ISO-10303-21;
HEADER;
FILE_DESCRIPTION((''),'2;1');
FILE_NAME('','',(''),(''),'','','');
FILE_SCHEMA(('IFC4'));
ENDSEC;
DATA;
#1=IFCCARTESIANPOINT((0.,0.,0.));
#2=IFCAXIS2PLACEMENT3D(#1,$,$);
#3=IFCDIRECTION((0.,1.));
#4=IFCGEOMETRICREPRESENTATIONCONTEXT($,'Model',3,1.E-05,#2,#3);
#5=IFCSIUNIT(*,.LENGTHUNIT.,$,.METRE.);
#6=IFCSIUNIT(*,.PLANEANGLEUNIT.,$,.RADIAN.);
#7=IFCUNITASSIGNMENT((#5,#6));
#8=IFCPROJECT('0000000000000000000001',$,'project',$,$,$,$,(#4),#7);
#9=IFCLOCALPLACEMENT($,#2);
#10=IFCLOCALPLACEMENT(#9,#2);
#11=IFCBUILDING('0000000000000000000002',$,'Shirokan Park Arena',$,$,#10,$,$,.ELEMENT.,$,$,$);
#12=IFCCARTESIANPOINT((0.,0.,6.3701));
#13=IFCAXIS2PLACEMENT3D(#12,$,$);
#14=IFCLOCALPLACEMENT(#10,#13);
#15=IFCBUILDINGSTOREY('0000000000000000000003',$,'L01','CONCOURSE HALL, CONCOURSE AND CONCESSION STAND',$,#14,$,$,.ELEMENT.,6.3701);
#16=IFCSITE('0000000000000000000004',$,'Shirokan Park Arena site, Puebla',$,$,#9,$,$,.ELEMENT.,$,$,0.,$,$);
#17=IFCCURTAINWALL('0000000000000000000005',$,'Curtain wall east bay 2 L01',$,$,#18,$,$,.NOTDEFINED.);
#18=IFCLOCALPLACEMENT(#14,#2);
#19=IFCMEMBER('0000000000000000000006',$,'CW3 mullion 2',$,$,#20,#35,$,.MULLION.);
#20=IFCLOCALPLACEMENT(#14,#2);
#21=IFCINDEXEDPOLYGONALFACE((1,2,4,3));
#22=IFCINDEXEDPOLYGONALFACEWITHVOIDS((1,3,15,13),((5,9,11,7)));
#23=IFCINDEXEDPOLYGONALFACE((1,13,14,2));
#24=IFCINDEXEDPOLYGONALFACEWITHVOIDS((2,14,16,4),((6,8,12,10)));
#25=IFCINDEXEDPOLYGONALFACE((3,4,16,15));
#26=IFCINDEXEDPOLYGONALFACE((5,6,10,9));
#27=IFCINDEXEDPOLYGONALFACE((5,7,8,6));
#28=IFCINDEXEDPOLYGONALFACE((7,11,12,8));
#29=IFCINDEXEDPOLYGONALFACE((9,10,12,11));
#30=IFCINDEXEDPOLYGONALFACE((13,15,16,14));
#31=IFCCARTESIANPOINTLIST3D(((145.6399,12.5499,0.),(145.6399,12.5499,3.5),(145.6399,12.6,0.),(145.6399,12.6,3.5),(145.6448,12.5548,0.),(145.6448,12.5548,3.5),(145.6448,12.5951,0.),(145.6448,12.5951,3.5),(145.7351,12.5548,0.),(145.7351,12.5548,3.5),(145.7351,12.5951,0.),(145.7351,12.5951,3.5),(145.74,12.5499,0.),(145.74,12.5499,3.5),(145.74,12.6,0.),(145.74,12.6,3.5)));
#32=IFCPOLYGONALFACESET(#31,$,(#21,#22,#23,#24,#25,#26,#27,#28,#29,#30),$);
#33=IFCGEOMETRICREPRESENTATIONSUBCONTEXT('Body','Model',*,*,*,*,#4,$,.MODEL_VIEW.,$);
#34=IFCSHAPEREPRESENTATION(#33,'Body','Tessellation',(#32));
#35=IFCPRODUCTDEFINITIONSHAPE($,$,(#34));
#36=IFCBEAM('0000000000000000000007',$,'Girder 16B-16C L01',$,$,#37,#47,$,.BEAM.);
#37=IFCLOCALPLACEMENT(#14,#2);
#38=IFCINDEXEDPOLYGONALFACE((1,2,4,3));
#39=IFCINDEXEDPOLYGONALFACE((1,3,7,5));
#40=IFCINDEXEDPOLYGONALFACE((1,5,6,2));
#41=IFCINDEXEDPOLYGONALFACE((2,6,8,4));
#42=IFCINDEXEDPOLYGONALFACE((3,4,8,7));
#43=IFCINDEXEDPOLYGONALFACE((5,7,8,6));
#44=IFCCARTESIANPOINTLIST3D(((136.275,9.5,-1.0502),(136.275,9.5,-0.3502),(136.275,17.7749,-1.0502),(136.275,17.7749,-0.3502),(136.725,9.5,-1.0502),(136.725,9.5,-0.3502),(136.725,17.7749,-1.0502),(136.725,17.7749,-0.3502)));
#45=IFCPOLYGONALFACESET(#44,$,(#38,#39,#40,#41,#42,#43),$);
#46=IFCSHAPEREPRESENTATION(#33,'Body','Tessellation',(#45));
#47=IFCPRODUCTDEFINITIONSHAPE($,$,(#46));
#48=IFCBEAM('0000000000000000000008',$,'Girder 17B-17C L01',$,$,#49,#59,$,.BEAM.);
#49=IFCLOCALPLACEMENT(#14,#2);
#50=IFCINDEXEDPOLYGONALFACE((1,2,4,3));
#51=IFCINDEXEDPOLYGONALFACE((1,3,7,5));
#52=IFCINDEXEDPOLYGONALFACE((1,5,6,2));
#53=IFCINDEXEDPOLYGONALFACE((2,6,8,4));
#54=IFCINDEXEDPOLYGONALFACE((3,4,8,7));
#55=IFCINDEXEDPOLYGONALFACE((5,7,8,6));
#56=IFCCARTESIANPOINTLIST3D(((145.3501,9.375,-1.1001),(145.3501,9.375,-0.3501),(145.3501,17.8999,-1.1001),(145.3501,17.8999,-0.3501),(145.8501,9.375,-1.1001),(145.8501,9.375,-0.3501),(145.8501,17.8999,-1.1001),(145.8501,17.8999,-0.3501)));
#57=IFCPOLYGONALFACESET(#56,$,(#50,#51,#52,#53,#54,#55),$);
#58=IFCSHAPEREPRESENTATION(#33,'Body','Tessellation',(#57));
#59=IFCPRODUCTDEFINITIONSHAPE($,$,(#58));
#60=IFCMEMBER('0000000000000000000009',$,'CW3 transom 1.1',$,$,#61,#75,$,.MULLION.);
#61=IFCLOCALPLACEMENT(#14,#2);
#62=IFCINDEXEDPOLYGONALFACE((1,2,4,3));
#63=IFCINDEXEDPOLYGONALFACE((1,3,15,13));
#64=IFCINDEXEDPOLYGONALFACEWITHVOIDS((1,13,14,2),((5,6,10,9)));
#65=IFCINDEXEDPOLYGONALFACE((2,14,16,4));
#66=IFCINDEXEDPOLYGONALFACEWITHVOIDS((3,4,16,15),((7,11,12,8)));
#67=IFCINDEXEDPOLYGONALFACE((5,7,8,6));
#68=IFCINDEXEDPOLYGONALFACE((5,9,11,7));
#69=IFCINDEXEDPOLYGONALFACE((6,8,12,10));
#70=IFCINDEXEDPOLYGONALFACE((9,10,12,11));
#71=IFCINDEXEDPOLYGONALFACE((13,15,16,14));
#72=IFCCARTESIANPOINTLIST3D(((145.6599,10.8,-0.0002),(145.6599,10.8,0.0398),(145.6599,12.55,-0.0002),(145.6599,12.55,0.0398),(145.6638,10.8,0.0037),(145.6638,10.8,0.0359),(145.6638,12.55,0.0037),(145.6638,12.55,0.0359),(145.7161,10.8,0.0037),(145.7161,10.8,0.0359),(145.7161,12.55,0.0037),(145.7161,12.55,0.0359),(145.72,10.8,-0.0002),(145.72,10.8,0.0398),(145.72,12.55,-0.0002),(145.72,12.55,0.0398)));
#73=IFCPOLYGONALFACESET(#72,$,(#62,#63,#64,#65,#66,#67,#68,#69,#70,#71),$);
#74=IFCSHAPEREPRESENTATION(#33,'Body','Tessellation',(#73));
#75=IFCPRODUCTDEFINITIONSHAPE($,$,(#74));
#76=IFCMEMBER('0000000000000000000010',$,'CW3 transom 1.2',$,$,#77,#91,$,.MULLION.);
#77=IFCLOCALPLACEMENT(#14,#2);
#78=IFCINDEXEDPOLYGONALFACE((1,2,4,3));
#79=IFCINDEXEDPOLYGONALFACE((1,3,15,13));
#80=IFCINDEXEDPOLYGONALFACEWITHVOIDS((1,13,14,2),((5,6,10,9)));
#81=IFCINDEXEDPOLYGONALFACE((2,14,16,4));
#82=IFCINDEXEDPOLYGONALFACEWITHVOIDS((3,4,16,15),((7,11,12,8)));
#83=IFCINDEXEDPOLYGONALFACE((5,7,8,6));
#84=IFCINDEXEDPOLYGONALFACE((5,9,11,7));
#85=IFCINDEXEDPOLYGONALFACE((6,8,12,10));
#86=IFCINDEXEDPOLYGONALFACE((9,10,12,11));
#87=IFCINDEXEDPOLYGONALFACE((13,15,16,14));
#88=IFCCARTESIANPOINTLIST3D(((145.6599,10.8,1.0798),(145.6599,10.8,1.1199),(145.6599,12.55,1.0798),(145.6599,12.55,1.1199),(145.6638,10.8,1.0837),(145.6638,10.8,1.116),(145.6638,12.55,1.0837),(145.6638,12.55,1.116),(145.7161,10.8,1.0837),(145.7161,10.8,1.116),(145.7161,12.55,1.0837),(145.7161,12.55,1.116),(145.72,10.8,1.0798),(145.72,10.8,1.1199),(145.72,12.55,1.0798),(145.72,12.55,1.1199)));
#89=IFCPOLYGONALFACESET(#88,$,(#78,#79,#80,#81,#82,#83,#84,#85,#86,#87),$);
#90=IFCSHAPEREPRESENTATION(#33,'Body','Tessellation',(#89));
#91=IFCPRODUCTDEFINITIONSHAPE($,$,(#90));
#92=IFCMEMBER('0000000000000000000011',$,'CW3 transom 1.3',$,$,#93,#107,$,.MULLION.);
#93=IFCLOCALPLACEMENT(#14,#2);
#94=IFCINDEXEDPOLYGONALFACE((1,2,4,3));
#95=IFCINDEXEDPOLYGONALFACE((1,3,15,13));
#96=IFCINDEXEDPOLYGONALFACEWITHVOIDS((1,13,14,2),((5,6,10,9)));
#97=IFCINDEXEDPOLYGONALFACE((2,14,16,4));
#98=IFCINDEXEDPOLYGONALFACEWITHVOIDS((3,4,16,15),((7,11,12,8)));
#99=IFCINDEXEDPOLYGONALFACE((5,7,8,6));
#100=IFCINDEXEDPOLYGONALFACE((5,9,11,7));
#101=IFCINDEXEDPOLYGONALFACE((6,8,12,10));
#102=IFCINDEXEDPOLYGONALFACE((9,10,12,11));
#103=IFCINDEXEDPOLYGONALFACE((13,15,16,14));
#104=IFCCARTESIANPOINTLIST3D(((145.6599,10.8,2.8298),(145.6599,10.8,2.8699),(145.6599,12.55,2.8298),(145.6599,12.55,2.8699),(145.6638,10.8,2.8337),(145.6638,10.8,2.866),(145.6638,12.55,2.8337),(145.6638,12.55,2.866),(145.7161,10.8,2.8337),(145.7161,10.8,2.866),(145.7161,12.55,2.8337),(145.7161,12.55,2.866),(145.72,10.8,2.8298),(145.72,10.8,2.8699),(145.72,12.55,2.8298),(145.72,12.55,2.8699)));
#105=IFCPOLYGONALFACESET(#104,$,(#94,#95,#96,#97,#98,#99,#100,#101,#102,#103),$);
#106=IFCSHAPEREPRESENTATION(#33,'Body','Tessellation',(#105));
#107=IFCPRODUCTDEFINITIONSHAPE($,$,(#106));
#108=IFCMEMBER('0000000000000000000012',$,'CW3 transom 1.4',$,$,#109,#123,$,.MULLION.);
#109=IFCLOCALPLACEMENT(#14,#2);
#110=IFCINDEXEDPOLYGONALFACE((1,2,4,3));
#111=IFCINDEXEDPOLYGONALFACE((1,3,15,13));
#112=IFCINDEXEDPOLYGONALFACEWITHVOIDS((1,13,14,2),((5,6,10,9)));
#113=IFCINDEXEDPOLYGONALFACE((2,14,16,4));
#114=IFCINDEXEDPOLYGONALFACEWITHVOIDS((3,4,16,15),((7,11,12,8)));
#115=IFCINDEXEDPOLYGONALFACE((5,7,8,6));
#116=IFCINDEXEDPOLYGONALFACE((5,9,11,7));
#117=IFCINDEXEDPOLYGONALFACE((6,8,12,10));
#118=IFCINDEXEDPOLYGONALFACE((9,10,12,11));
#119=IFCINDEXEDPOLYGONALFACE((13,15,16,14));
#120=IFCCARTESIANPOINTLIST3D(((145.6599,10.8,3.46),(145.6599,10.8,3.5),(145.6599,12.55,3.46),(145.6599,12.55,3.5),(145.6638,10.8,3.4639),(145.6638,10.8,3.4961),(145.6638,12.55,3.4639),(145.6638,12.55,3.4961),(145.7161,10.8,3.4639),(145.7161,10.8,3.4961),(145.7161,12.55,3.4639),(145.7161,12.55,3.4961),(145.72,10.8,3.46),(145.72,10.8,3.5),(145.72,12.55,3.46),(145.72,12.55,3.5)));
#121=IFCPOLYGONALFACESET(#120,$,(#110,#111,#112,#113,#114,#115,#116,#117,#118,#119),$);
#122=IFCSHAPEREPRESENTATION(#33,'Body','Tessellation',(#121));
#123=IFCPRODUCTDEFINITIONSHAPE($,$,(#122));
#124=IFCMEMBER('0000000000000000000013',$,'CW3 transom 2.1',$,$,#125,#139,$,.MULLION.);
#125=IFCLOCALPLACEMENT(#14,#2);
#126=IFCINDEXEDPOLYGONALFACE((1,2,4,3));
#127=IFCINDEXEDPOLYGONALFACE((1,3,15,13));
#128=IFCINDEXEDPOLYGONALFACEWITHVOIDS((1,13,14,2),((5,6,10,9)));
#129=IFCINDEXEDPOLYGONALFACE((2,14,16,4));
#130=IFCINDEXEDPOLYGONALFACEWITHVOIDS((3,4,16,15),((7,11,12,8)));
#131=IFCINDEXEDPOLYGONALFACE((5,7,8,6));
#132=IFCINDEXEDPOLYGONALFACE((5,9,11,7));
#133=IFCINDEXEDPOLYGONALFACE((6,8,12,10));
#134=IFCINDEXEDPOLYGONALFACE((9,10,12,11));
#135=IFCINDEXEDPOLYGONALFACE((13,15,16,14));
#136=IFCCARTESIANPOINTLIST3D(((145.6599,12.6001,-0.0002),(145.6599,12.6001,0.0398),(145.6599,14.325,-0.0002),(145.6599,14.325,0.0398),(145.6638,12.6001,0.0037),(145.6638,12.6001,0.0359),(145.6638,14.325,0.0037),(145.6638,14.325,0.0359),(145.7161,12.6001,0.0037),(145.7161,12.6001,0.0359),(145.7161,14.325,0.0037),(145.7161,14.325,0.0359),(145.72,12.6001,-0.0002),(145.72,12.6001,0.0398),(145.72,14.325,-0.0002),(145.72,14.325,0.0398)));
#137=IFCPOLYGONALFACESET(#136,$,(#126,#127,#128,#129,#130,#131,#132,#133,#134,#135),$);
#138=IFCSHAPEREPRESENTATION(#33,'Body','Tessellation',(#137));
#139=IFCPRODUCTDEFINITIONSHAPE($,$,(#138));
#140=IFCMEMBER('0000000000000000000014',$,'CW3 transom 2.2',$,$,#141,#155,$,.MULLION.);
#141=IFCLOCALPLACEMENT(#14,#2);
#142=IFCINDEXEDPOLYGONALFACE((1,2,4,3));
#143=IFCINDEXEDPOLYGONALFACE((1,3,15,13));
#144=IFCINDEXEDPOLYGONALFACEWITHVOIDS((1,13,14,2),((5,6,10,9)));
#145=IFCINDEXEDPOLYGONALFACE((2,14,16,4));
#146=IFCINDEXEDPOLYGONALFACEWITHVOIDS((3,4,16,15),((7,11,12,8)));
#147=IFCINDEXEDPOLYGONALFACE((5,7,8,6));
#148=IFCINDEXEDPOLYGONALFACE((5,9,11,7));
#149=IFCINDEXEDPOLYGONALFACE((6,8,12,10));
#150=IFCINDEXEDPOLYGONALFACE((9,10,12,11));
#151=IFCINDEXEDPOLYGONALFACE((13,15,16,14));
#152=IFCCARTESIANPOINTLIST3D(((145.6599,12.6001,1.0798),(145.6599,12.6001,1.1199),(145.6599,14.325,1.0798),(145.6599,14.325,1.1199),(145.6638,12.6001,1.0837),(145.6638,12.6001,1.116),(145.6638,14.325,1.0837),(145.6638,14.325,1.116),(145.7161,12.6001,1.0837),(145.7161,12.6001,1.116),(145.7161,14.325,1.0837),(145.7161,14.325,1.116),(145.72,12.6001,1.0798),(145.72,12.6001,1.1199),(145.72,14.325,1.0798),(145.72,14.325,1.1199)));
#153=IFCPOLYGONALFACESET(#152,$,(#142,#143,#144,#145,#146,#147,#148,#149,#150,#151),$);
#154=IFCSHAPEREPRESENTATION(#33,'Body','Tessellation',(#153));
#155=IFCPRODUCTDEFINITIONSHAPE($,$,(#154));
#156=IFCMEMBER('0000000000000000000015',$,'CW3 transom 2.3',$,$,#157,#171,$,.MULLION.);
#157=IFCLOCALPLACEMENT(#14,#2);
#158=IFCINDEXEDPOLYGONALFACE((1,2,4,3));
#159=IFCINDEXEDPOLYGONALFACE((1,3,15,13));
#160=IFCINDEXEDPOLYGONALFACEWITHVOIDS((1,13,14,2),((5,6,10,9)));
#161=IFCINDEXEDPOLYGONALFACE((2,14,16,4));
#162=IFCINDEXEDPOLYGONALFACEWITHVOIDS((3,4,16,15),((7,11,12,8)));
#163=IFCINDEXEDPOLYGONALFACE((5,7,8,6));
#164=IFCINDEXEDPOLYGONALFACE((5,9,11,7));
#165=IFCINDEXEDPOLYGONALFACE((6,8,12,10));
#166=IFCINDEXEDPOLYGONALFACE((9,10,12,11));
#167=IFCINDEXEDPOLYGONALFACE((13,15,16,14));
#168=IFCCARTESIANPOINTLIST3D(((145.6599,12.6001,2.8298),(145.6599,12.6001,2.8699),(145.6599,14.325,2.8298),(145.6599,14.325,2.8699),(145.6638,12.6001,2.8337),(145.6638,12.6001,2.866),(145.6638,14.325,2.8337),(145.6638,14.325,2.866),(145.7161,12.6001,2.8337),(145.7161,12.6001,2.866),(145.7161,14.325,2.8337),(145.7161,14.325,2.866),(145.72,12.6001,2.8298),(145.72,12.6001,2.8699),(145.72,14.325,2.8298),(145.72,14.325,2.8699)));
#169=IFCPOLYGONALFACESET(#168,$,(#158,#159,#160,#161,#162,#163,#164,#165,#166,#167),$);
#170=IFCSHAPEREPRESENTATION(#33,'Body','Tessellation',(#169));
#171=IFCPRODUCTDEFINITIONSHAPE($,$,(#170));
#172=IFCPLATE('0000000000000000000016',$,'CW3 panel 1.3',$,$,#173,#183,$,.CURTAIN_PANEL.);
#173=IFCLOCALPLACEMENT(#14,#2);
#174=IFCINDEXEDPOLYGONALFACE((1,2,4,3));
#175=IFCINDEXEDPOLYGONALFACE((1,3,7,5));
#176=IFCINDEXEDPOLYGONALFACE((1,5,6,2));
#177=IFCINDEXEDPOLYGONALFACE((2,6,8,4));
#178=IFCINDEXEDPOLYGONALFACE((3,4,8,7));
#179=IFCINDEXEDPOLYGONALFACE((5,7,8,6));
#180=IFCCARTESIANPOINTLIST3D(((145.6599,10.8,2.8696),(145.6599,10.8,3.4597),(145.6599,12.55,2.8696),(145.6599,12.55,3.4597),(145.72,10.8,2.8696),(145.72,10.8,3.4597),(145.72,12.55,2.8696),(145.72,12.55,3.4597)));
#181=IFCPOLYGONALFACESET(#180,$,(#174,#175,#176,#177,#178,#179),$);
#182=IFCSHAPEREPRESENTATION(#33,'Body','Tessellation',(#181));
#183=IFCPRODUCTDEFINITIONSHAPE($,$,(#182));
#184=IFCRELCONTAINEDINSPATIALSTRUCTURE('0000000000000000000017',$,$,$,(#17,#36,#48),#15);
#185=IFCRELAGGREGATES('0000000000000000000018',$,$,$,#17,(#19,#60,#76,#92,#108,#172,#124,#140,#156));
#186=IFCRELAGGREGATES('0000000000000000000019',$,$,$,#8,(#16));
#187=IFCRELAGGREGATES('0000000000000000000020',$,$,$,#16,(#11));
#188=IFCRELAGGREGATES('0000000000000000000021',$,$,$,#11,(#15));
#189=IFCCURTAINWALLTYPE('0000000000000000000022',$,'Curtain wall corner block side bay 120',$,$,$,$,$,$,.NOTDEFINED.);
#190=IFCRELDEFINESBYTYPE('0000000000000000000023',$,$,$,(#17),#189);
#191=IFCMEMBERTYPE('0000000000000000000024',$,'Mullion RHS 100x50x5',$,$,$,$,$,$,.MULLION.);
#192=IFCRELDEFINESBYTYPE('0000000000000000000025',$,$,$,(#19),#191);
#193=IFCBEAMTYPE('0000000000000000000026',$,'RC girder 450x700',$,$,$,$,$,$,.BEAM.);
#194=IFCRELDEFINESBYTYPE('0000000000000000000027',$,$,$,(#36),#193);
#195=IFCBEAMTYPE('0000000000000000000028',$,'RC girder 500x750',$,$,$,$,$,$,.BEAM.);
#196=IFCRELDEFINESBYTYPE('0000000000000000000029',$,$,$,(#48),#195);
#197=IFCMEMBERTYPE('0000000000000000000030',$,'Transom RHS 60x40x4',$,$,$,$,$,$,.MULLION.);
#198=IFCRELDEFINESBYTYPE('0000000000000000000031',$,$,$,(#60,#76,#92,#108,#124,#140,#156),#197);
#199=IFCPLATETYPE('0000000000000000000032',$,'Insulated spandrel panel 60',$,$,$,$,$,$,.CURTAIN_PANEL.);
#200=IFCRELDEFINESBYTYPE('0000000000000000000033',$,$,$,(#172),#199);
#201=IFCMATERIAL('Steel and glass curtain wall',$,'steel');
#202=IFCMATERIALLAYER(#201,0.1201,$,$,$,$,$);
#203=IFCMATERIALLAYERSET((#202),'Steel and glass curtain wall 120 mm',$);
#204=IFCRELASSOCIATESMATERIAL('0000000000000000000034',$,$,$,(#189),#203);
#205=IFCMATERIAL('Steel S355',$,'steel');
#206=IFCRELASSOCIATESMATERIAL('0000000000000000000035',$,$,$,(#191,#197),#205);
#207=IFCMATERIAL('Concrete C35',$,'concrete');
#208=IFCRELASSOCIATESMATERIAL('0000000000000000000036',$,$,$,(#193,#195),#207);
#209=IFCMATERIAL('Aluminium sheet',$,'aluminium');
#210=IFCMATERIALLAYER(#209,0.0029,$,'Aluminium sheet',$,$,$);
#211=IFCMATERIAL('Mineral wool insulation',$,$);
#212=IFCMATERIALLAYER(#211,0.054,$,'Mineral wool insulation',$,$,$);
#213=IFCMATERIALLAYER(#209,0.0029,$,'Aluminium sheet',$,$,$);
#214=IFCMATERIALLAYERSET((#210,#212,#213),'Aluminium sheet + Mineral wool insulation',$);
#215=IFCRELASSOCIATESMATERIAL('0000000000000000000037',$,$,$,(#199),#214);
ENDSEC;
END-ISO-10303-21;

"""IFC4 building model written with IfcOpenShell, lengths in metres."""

from ifc_helpers import new_model, si_unit, direction, frame, origin, origin_2d, place, context, subcontext, project, spatial, rectangle, hollow_rectangle, extrude, material, layer, layer_set, material_profile, profile_set, type_object, element, aggregate, save


model = new_model("IFC4")

# Units and contexts
model_context = context("Model", 3, precision=1e-05, world=origin(), true_north=direction((0.0, 1.0)))
body_context = subcontext(model_context, "Body", "Model", "MODEL_VIEW")
ifc_project = project(units=[si_unit("LENGTHUNIT", "METRE"), si_unit("PLANEANGLEUNIT", "RADIAN")], contexts=[model_context])

# Site, building, storey
site_placement = place(None, origin())
site = spatial("IfcSite", under=ifc_project, at=site_placement, Name="Shirokan Park Arena site, Puebla", CompositionType="ELEMENT", RefElevation=0.0)
building_placement = place(site_placement, origin())
building = spatial("IfcBuilding", under=site, at=building_placement, Name="Shirokan Park Arena", CompositionType="ELEMENT")
storey_placement = place(building_placement, frame((0.0, 0.0, 6.3701)))
storey = spatial("IfcBuildingStorey", under=building, at=storey_placement, Name="L01", Description="CONCOURSE HALL, CONCOURSE AND CONCESSION STAND", CompositionType="ELEMENT", Elevation=6.3701)

# Curtain wall, member
ifc_material_1 = material(Name="Steel and glass curtain wall", Category="steel")
ifc_layer_1 = layer(ifc_material_1, 0.1201)
ifc_layer_set_1 = layer_set([ifc_layer_1], Name="Steel and glass curtain wall 120 mm")
curtain_wall_type = type_object("IfcCurtainWallType", Name="Curtain wall corner block side bay 120", PredefinedType="NOTDEFINED", material=ifc_layer_set_1)
curtain_wall_placement = place(storey_placement, origin())
curtain_wall = element("IfcCurtainWall", 1, at=curtain_wall_placement, inside=storey, type_object=curtain_wall_type, Name="Curtain wall east bay 2 L01", PredefinedType="NOTDEFINED")
ifc_material_2 = material(Name="Steel S355", Category="steel")
ifc_material_profile_1 = material_profile(ifc_material_2, hollow_rectangle(XDim=0.1001, YDim=0.05, WallThickness=0.0049, at=origin_2d()), Name="RHS 100x50x5")
ifc_profile_set_1 = profile_set([ifc_material_profile_1], Name="Steel S355")
member_type_1 = type_object("IfcMemberType", Name="Mullion RHS 100x50x5", PredefinedType="MULLION", material=ifc_profile_set_1)
member_1_placement = place(storey_placement, frame((145.6899, 12.575, 0.0), z_axis=(0.0, 0.0, 1.0), x_axis=(-1.0, 0.0, 0.0)))
member_1 = element("IfcMember", 2, at=member_1_placement, type_object=member_type_1, Name="CW3 mullion 2", PredefinedType="MULLION", context=body_context, shape_type="SweptSolid", body=[
    extrude(hollow_rectangle(XDim=0.1001, YDim=0.05, WallThickness=0.0049, at=origin_2d()), origin(), (0.0, 0.0, 1.0), 3.5),
])

# Beams
ifc_material_3 = material(Name="Concrete C35", Category="concrete")
ifc_material_profile_2 = material_profile(ifc_material_3, rectangle(XDim=0.45, YDim=0.7, at=origin_2d()), Name="450x700")
ifc_profile_set_2 = profile_set([ifc_material_profile_2], Name="Concrete C35")
beam_type_1 = type_object("IfcBeamType", Name="RC girder 450x700", PredefinedType="BEAM", material=ifc_profile_set_2)
beam_1_placement = place(storey_placement, frame((136.5, 9.5, -0.7002), z_axis=(0.0, 1.0, 0.0), x_axis=(-1.0, 0.0, 0.0)))
element("IfcBeam", 3, at=beam_1_placement, inside=storey, type_object=beam_type_1, Name="Girder 16B-16C L01", PredefinedType="BEAM", context=body_context, shape_type="SweptSolid", body=[
    extrude(rectangle(XDim=0.45, YDim=0.7, at=origin_2d()), origin(), (0.0, 0.0, 1.0), 8.2749),
])
ifc_material_profile_3 = material_profile(ifc_material_3, rectangle(XDim=0.5, YDim=0.75, at=origin_2d()), Name="500x750")
ifc_profile_set_3 = profile_set([ifc_material_profile_3], Name="Concrete C35")
beam_type_2 = type_object("IfcBeamType", Name="RC girder 500x750", PredefinedType="BEAM", material=ifc_profile_set_3)
beam_2_placement = place(storey_placement, frame((145.6001, 9.375, -0.7251), z_axis=(0.0, 1.0, 0.0), x_axis=(-1.0, 0.0, 0.0)))
element("IfcBeam", 4, at=beam_2_placement, inside=storey, type_object=beam_type_2, Name="Girder 17B-17C L01", PredefinedType="BEAM", context=body_context, shape_type="SweptSolid", body=[
    extrude(rectangle(XDim=0.5, YDim=0.75, at=origin_2d()), origin(), (0.0, 0.0, 1.0), 8.5249),
])

# Members
ifc_material_profile_4 = material_profile(ifc_material_2, hollow_rectangle(XDim=0.0601, YDim=0.04, WallThickness=0.0039, at=origin_2d()), Name="RHS 60x40x4")
ifc_profile_set_4 = profile_set([ifc_material_profile_4], Name="Steel S355")
member_type_2 = type_object("IfcMemberType", Name="Transom RHS 60x40x4", PredefinedType="MULLION", material=ifc_profile_set_4)
member_2_placement = place(storey_placement, frame((145.6899, 10.8, 0.0198), z_axis=(0.0, 1.0, 0.0), x_axis=(-1.0, 0.0, 0.0)))
member_2 = element("IfcMember", 5, at=member_2_placement, type_object=member_type_2, Name="CW3 transom 1.1", PredefinedType="MULLION", context=body_context, shape_type="SweptSolid", body=[
    extrude(hollow_rectangle(XDim=0.0601, YDim=0.04, WallThickness=0.0039, at=origin_2d()), origin(), (0.0, 0.0, 1.0), 1.75),
])
member_3_placement = place(storey_placement, frame((145.6899, 10.8, 1.0999), z_axis=(0.0, 1.0, 0.0), x_axis=(-1.0, 0.0, 0.0)))
member_3 = element("IfcMember", 6, at=member_3_placement, type_object=member_type_2, Name="CW3 transom 1.2", PredefinedType="MULLION", context=body_context, shape_type="SweptSolid", body=[
    extrude(hollow_rectangle(XDim=0.0601, YDim=0.04, WallThickness=0.0039, at=origin_2d()), origin(), (0.0, 0.0, 1.0), 1.75),
])
member_4_placement = place(storey_placement, frame((145.6899, 10.8, 2.8499), z_axis=(0.0, 1.0, 0.0), x_axis=(-1.0, 0.0, 0.0)))
member_4 = element("IfcMember", 7, at=member_4_placement, type_object=member_type_2, Name="CW3 transom 1.3", PredefinedType="MULLION", context=body_context, shape_type="SweptSolid", body=[
    extrude(hollow_rectangle(XDim=0.0601, YDim=0.04, WallThickness=0.0039, at=origin_2d()), origin(), (0.0, 0.0, 1.0), 1.75),
])
member_5_placement = place(storey_placement, frame((145.6899, 10.8, 3.48), z_axis=(0.0, 1.0, 0.0), x_axis=(-1.0, 0.0, 0.0)))
member_5 = element("IfcMember", 8, at=member_5_placement, type_object=member_type_2, Name="CW3 transom 1.4", PredefinedType="MULLION", context=body_context, shape_type="SweptSolid", body=[
    extrude(hollow_rectangle(XDim=0.0601, YDim=0.04, WallThickness=0.0039, at=origin_2d()), origin(), (0.0, 0.0, 1.0), 1.75),
])
member_6_placement = place(storey_placement, frame((145.6899, 12.6001, 0.0198), z_axis=(0.0, 1.0, 0.0), x_axis=(-1.0, 0.0, 0.0)))
member_6 = element("IfcMember", 9, at=member_6_placement, type_object=member_type_2, Name="CW3 transom 2.1", PredefinedType="MULLION", context=body_context, shape_type="SweptSolid", body=[
    extrude(hollow_rectangle(XDim=0.0601, YDim=0.04, WallThickness=0.0039, at=origin_2d()), origin(), (0.0, 0.0, 1.0), 1.7249),
])
member_7_placement = place(storey_placement, frame((145.6899, 12.6001, 1.0999), z_axis=(0.0, 1.0, 0.0), x_axis=(-1.0, 0.0, 0.0)))
member_7 = element("IfcMember", 10, at=member_7_placement, type_object=member_type_2, Name="CW3 transom 2.2", PredefinedType="MULLION", context=body_context, shape_type="SweptSolid", body=[
    extrude(hollow_rectangle(XDim=0.0601, YDim=0.04, WallThickness=0.0039, at=origin_2d()), origin(), (0.0, 0.0, 1.0), 1.7249),
])
member_8_placement = place(storey_placement, frame((145.6899, 12.6001, 2.8499), z_axis=(0.0, 1.0, 0.0), x_axis=(-1.0, 0.0, 0.0)))
member_8 = element("IfcMember", 11, at=member_8_placement, type_object=member_type_2, Name="CW3 transom 2.3", PredefinedType="MULLION", context=body_context, shape_type="SweptSolid", body=[
    extrude(hollow_rectangle(XDim=0.0601, YDim=0.04, WallThickness=0.0039, at=origin_2d()), origin(), (0.0, 0.0, 1.0), 1.7249),
])

# Plate
ifc_material_4 = material(Name="Aluminium sheet", Category="aluminium")
ifc_layer_2 = layer(ifc_material_4, 0.0029, Name="Aluminium sheet")
ifc_material_5 = material(Name="Mineral wool insulation")
ifc_layer_3 = layer(ifc_material_5, 0.054, Name="Mineral wool insulation")
ifc_layer_4 = layer(ifc_material_4, 0.0029, Name="Aluminium sheet")
ifc_layer_set_2 = layer_set([ifc_layer_2, ifc_layer_3, ifc_layer_4], Name="Aluminium sheet + Mineral wool insulation")
plate_type_1 = type_object("IfcPlateType", Name="Insulated spandrel panel 60", PredefinedType="CURTAIN_PANEL", material=ifc_layer_set_2)
plate_1_placement = place(storey_placement, frame((145.6899, 11.675, 2.8696), z_axis=(0.0, 0.0, 1.0), x_axis=(0.0, 1.0, 0.0)))
plate_1 = element("IfcPlate", 12, at=plate_1_placement, type_object=plate_type_1, Name="CW3 panel 1.3", PredefinedType="CURTAIN_PANEL", context=body_context, shape_type="SweptSolid", body=[
    extrude(rectangle(XDim=1.75, YDim=0.0601, at=origin_2d()), origin(), (0.0, 0.0, 1.0), 0.5901),
])
aggregate(curtain_wall, [member_1, member_2, member_3, member_4, member_5, plate_1, member_6, member_7, member_8])

save(model, "model.ifc")
